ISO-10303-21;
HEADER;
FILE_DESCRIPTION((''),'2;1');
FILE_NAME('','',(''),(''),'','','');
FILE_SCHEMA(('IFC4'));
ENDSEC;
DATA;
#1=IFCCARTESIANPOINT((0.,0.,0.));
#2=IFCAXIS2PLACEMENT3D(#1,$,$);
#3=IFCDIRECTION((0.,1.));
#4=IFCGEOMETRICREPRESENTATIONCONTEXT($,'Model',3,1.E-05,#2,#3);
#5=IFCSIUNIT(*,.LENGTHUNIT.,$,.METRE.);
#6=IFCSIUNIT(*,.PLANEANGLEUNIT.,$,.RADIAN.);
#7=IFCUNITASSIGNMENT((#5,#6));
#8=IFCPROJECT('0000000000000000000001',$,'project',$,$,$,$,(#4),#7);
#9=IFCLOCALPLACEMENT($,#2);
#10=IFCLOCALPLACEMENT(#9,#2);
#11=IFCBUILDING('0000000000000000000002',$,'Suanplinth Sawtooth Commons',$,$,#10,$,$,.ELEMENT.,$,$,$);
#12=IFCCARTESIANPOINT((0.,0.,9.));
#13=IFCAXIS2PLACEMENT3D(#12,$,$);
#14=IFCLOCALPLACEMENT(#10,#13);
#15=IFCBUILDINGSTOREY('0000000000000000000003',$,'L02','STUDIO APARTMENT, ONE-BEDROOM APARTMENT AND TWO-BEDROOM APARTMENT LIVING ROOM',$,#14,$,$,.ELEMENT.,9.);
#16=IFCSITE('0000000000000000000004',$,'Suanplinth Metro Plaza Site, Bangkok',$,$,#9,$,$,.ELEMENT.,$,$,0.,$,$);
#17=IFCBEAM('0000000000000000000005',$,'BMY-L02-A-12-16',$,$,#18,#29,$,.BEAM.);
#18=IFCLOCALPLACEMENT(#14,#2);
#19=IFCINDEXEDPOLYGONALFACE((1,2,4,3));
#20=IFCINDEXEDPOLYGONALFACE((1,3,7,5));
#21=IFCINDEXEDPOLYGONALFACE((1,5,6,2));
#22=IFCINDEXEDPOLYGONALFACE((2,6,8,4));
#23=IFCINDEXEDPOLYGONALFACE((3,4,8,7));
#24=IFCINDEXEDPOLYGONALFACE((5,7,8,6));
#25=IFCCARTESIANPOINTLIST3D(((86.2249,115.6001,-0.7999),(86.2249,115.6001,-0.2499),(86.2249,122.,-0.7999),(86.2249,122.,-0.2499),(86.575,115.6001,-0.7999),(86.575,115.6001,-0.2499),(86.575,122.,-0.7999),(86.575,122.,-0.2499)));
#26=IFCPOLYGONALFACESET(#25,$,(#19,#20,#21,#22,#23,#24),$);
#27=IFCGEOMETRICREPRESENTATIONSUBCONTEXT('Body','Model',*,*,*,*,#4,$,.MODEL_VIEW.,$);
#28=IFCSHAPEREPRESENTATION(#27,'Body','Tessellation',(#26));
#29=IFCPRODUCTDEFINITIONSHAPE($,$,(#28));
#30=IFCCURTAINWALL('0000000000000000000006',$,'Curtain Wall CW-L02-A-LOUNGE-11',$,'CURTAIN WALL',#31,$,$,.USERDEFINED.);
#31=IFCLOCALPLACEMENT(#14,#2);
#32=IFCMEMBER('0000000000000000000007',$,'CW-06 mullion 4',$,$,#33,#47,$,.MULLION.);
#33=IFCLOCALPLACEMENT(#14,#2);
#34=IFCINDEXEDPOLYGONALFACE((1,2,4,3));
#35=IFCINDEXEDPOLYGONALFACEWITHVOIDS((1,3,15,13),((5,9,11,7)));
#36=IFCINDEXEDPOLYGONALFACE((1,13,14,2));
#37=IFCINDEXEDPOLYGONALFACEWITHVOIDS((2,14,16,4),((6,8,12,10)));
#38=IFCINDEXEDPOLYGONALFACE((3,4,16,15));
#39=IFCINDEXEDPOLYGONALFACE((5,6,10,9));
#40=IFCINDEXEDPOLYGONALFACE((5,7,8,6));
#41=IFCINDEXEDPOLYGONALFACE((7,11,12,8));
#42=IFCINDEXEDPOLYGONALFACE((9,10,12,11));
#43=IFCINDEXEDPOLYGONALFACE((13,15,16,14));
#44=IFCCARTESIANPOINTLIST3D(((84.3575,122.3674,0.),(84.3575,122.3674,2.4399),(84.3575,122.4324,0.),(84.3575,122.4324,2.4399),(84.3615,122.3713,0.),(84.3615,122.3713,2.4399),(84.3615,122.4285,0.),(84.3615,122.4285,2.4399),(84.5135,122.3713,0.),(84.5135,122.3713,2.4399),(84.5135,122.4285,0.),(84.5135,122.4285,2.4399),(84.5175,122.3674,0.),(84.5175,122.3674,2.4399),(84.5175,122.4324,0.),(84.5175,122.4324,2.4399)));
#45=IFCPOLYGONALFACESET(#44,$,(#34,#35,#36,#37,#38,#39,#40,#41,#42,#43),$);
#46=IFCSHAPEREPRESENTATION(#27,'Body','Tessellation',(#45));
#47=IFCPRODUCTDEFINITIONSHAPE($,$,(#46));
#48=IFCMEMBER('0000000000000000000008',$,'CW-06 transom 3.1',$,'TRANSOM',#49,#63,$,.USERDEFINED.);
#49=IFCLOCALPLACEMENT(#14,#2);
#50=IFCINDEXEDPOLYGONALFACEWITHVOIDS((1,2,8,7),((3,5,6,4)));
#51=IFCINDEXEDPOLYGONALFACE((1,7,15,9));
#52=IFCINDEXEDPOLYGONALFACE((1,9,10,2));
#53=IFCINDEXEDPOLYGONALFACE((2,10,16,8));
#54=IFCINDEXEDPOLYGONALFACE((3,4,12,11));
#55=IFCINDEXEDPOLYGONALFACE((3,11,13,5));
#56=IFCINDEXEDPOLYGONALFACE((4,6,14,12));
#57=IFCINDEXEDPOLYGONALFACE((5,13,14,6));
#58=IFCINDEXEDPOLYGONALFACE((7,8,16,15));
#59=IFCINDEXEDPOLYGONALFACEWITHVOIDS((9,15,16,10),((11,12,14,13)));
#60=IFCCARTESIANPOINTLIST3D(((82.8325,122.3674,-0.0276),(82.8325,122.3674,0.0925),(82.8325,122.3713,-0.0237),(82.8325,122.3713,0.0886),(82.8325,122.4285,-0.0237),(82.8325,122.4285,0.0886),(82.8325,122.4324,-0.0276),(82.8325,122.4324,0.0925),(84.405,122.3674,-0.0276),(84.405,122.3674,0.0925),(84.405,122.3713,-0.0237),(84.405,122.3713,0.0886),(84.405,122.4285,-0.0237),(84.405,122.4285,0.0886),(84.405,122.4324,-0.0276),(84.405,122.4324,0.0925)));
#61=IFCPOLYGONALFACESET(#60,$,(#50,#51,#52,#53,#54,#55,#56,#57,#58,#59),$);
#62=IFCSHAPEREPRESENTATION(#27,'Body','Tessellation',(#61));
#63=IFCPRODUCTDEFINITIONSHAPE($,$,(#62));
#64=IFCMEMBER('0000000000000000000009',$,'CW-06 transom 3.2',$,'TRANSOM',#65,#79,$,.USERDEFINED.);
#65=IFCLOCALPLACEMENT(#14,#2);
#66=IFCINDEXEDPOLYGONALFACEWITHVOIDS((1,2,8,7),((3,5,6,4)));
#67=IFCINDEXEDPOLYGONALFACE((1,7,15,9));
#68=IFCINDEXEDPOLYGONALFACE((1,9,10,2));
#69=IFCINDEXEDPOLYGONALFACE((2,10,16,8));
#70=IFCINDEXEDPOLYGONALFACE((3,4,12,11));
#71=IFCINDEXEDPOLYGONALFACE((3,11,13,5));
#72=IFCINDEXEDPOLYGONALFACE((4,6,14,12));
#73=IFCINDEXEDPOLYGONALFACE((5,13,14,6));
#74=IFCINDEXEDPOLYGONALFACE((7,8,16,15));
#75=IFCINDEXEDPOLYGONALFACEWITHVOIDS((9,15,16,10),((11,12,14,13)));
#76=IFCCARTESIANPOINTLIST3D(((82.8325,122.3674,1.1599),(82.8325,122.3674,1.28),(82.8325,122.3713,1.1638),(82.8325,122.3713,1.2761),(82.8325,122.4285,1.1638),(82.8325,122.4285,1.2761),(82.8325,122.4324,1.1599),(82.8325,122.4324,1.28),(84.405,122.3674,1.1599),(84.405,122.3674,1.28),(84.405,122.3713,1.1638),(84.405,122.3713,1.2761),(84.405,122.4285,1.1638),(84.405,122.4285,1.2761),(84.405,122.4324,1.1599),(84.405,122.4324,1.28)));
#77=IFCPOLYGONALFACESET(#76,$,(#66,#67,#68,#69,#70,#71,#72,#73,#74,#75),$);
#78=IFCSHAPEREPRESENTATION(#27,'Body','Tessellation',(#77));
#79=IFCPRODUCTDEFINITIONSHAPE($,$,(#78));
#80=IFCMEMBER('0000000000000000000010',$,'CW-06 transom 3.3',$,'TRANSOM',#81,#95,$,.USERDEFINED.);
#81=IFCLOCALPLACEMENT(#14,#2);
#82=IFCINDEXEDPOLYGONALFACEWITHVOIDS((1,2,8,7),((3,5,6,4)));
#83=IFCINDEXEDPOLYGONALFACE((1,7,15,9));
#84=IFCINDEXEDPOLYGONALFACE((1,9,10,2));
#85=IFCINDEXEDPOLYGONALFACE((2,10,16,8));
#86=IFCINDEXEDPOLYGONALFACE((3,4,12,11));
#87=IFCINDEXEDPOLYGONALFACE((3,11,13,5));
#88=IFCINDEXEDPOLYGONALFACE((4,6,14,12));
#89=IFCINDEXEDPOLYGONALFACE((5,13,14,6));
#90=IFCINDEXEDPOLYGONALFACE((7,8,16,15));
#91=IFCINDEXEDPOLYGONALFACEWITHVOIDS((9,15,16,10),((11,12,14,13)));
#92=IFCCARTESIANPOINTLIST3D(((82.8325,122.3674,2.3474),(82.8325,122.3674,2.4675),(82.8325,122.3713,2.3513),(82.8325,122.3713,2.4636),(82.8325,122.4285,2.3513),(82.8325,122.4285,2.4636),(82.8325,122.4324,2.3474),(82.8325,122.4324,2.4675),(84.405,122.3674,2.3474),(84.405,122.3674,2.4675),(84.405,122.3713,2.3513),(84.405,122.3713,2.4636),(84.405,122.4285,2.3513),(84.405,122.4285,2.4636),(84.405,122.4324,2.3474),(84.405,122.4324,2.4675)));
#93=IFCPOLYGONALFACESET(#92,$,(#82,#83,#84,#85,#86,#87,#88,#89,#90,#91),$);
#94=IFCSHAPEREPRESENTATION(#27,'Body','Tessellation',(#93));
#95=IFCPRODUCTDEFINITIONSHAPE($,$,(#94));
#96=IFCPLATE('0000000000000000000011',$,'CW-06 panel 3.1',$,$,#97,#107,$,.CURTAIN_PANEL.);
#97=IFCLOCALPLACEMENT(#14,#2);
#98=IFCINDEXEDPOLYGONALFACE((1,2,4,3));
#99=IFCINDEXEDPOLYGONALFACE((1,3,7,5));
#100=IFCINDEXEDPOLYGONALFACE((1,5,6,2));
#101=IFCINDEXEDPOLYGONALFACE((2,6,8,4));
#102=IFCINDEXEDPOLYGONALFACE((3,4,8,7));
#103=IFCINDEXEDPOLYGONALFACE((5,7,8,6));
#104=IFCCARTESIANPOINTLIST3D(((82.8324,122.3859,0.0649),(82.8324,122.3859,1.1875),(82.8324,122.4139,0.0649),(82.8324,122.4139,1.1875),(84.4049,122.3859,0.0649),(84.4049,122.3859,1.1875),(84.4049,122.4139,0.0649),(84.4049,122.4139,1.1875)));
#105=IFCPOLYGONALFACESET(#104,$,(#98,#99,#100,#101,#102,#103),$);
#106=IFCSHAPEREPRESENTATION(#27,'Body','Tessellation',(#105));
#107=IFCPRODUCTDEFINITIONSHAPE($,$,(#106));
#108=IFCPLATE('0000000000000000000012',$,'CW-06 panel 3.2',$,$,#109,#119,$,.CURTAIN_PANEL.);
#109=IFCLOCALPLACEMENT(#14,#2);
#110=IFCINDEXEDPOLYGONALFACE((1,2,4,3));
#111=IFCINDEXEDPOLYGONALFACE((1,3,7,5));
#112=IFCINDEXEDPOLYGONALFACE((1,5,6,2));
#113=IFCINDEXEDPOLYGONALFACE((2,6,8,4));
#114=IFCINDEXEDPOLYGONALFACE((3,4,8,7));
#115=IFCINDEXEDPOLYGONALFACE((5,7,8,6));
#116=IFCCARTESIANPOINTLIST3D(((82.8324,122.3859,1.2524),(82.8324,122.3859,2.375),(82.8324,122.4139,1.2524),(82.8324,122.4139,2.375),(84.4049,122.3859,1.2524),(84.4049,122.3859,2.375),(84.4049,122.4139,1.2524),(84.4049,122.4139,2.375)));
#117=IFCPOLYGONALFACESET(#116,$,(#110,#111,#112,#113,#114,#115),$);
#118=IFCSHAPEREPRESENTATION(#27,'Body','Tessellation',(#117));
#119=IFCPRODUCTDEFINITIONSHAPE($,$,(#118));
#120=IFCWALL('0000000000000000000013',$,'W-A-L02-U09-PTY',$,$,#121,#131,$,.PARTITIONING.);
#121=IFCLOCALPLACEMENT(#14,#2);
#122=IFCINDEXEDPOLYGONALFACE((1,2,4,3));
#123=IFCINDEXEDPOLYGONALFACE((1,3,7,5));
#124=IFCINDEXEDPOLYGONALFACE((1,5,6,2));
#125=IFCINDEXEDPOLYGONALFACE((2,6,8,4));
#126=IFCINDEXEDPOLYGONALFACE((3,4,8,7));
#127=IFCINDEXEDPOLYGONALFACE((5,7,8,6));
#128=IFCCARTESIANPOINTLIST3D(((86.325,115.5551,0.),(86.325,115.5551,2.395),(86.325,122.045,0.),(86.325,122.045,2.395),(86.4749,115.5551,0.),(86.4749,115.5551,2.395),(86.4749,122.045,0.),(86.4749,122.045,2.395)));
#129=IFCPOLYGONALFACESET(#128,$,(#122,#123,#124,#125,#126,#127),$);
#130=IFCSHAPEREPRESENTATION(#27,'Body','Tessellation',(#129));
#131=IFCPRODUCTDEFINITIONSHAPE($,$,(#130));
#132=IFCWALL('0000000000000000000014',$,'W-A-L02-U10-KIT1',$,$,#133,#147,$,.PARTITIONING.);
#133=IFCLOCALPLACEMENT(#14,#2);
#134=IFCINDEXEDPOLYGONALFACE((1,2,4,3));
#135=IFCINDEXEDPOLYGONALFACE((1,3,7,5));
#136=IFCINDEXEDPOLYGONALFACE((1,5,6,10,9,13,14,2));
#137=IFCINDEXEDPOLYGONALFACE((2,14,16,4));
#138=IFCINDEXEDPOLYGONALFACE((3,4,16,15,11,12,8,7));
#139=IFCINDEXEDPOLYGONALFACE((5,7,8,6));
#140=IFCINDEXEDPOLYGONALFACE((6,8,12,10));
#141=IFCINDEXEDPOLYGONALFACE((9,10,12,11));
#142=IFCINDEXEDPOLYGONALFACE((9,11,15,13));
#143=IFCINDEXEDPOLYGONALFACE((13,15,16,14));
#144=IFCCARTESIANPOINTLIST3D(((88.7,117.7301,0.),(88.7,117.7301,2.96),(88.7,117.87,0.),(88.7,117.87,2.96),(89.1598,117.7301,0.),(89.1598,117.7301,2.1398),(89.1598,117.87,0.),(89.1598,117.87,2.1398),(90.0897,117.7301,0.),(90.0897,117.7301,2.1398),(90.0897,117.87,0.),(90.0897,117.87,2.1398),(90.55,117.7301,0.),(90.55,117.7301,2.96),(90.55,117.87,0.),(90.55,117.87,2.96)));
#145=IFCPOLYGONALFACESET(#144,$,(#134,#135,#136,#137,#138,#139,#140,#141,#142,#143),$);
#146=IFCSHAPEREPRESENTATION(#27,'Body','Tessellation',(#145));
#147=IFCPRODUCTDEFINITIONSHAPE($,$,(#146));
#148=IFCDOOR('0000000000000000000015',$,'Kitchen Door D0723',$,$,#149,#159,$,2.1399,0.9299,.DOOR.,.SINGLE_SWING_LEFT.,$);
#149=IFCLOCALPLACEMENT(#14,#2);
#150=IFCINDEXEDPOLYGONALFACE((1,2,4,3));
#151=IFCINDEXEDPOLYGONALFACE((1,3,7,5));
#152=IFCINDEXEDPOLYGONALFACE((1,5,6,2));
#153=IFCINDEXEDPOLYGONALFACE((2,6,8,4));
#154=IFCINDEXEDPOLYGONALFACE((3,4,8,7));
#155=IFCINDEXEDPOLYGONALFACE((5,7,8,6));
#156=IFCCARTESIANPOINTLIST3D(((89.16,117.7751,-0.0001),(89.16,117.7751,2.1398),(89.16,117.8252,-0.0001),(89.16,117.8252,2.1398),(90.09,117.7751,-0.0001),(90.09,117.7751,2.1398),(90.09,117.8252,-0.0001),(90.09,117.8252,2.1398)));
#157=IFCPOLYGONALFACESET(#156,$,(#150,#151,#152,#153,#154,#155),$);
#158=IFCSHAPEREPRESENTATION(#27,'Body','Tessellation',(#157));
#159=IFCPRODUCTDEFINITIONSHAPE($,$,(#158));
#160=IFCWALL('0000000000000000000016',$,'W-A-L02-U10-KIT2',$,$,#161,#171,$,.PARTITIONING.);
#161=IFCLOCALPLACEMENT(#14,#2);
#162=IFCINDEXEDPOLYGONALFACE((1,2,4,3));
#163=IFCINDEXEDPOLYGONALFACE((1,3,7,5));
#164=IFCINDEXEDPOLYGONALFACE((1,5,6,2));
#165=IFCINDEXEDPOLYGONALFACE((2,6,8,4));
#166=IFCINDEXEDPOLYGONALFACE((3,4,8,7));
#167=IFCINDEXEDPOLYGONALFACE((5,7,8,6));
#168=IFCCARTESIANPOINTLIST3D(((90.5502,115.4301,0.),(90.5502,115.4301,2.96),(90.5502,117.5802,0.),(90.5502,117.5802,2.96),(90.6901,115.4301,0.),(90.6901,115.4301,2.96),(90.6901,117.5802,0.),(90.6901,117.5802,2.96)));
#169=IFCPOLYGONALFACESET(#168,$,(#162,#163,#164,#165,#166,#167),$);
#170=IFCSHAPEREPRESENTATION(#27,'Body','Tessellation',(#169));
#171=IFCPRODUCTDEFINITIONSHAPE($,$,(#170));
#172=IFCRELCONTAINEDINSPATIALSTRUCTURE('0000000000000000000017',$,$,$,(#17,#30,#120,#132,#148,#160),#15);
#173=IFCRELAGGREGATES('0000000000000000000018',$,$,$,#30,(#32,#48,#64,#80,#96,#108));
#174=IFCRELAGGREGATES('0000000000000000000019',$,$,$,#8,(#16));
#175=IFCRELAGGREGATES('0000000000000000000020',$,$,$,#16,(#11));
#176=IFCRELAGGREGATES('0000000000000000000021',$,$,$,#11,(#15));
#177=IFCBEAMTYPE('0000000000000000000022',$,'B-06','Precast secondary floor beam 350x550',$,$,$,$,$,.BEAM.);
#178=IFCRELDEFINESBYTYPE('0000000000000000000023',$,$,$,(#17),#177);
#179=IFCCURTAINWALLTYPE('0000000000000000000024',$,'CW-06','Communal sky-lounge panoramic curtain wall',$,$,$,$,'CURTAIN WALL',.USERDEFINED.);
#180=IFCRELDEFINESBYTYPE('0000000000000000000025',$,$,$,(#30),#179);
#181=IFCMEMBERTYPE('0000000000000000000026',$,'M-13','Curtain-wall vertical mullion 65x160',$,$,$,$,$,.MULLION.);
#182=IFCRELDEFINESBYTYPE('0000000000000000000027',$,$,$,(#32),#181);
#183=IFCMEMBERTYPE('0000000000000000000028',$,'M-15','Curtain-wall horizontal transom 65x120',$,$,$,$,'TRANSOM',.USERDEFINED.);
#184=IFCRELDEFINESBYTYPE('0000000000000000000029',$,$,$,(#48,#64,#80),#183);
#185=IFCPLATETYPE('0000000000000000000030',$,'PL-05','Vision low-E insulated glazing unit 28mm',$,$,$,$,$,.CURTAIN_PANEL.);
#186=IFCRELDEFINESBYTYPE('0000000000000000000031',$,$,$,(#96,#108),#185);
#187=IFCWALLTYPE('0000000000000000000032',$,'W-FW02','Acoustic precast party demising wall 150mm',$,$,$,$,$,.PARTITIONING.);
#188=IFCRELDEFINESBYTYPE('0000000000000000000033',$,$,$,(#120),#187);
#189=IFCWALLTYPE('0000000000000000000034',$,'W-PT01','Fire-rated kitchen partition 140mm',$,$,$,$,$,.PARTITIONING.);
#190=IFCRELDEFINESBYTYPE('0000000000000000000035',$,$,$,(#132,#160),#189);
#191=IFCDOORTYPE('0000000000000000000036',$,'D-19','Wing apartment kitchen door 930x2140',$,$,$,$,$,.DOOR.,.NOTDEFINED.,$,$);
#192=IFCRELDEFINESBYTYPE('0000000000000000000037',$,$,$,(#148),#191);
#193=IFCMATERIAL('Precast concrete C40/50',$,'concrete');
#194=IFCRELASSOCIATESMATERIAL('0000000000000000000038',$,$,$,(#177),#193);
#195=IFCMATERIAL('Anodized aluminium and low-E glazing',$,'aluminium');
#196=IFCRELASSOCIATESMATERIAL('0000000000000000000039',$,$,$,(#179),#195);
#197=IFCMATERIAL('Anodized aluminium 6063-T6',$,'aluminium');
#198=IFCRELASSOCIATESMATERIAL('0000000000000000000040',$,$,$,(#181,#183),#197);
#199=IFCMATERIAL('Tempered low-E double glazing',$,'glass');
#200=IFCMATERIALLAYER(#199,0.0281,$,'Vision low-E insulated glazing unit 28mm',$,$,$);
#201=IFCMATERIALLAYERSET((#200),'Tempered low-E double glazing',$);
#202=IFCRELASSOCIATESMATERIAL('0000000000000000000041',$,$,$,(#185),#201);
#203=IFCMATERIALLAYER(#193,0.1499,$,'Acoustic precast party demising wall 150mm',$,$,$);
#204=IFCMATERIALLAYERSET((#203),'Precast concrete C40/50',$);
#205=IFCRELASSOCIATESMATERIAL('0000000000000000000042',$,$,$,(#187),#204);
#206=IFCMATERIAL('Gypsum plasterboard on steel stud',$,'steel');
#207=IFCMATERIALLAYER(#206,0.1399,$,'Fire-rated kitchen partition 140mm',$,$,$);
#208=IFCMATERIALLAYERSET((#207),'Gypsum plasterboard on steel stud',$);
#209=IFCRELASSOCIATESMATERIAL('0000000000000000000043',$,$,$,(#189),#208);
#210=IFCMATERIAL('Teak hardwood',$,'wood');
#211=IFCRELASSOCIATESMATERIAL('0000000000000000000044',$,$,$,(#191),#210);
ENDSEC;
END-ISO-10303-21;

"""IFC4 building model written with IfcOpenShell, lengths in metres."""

from ifc_helpers import new_model, si_unit, direction, frame, frame_2d, origin, origin_2d, place, context, subcontext, project, spatial, rectangle, hollow_rectangle, extrude, material, layer, layer_set, material_profile, profile_set, type_object, element, fill, aggregate, save


model = new_model("IFC4")

# Units and contexts
model_context = context("Model", 3, precision=1e-05, world=origin(), true_north=direction((0.0, 1.0)))
body_context = subcontext(model_context, "Body", "Model", "MODEL_VIEW")
ifc_project = project(units=[si_unit("LENGTHUNIT", "METRE"), si_unit("PLANEANGLEUNIT", "RADIAN")], contexts=[model_context])

# Site, building, storey
site_placement = place(None, origin())
site = spatial("IfcSite", under=ifc_project, at=site_placement, Name="Suanplinth Metro Plaza Site, Bangkok", CompositionType="ELEMENT", RefElevation=0.0)
building_placement = place(site_placement, origin())
building = spatial("IfcBuilding", under=site, at=building_placement, Name="Suanplinth Sawtooth Commons", CompositionType="ELEMENT")
storey_placement = place(building_placement, frame((0.0, 0.0, 9.0)))
storey = spatial("IfcBuildingStorey", under=building, at=storey_placement, Name="L02", Description="STUDIO APARTMENT, ONE-BEDROOM APARTMENT AND TWO-BEDROOM APARTMENT LIVING ROOM", CompositionType="ELEMENT", Elevation=9.0)

# Beam
ifc_material_1 = material(Name="Precast concrete C40/50", Category="concrete")
ifc_material_profile_1 = material_profile(ifc_material_1, rectangle(XDim=0.3501, YDim=0.55, at=origin_2d()), Name="PC-BM 350x550")
ifc_profile_set_1 = profile_set([ifc_material_profile_1], Name="Precast concrete C40/50")
beam_type = type_object("IfcBeamType", Name="B-06", Description="Precast secondary floor beam 350x550", PredefinedType="BEAM", material=ifc_profile_set_1)
beam_placement = place(storey_placement, frame((86.3999, 115.6001, -0.5249), z_axis=(0.0, 1.0, 0.0), x_axis=(-1.0, 0.0, 0.0)))
element("IfcBeam", 1, at=beam_placement, inside=storey, type_object=beam_type, Name="BMY-L02-A-12-16", PredefinedType="BEAM", context=body_context, shape_type="SweptSolid", body=[
    extrude(rectangle(XDim=0.3501, YDim=0.55, at=origin_2d()), origin(), (0.0, 0.0, 1.0), 6.3999),
])

# Curtain wall, members, plates
ifc_material_2 = material(Name="Anodized aluminium and low-E glazing", Category="aluminium")
curtain_wall_type = type_object("IfcCurtainWallType", Name="CW-06", Description="Communal sky-lounge panoramic curtain wall", ElementType="CURTAIN WALL", PredefinedType="USERDEFINED", material=ifc_material_2)
curtain_wall_placement = place(storey_placement, origin())
curtain_wall = element("IfcCurtainWall", 2, at=curtain_wall_placement, inside=storey, type_object=curtain_wall_type, Name="Curtain Wall CW-L02-A-LOUNGE-11", ObjectType="CURTAIN WALL", PredefinedType="USERDEFINED")
ifc_material_3 = material(Name="Anodized aluminium 6063-T6", Category="aluminium")
ifc_material_profile_2 = material_profile(ifc_material_3, hollow_rectangle(XDim=0.0649, YDim=0.1599, WallThickness=0.0039, at=origin_2d()), Name="ALU-MUL 65x160")
ifc_profile_set_2 = profile_set([ifc_material_profile_2], Name="Anodized aluminium 6063-T6")
member_type_1 = type_object("IfcMemberType", Name="M-13", Description="Curtain-wall vertical mullion 65x160", PredefinedType="MULLION", material=ifc_profile_set_2)
member_1_placement = place(storey_placement, frame((84.4375, 122.3999, 0.0), z_axis=(0.0, 0.0, 1.0), x_axis=(0.0, 1.0, 0.0)))
member_1 = element("IfcMember", 3, at=member_1_placement, type_object=member_type_1, Name="CW-06 mullion 4", PredefinedType="MULLION", context=body_context, shape_type="SweptSolid", body=[
    extrude(hollow_rectangle(XDim=0.0649, YDim=0.1599, WallThickness=0.0039, at=origin_2d()), origin(), (0.0, 0.0, 1.0), 2.4399),
])
ifc_material_profile_3 = material_profile(ifc_material_3, hollow_rectangle(XDim=0.0649, YDim=0.1201, WallThickness=0.0039, at=origin_2d()), Name="ALU-TRN 65x120")
ifc_profile_set_3 = profile_set([ifc_material_profile_3], Name="Anodized aluminium 6063-T6")
member_type_2 = type_object("IfcMemberType", Name="M-15", Description="Curtain-wall horizontal transom 65x120", ElementType="TRANSOM", PredefinedType="USERDEFINED", material=ifc_profile_set_3)
member_2_placement = place(storey_placement, frame((82.8325, 122.3999, 0.0325), z_axis=(1.0, 0.0, 0.0), x_axis=(0.0, 1.0, 0.0)))
member_2 = element("IfcMember", 4, at=member_2_placement, type_object=member_type_2, Name="CW-06 transom 3.1", ObjectType="TRANSOM", PredefinedType="USERDEFINED", context=body_context, shape_type="SweptSolid", body=[
    extrude(hollow_rectangle(XDim=0.0649, YDim=0.1201, WallThickness=0.0039, at=origin_2d()), origin(), (0.0, 0.0, 1.0), 1.5725),
])
member_3_placement = place(storey_placement, frame((82.8325, 122.3999, 1.22), z_axis=(1.0, 0.0, 0.0), x_axis=(0.0, 1.0, 0.0)))
member_3 = element("IfcMember", 5, at=member_3_placement, type_object=member_type_2, Name="CW-06 transom 3.2", ObjectType="TRANSOM", PredefinedType="USERDEFINED", context=body_context, shape_type="SweptSolid", body=[
    extrude(hollow_rectangle(XDim=0.0649, YDim=0.1201, WallThickness=0.0039, at=origin_2d()), origin(), (0.0, 0.0, 1.0), 1.5725),
])
member_4_placement = place(storey_placement, frame((82.8325, 122.3999, 2.4075), z_axis=(1.0, 0.0, 0.0), x_axis=(0.0, 1.0, 0.0)))
member_4 = element("IfcMember", 6, at=member_4_placement, type_object=member_type_2, Name="CW-06 transom 3.3", ObjectType="TRANSOM", PredefinedType="USERDEFINED", context=body_context, shape_type="SweptSolid", body=[
    extrude(hollow_rectangle(XDim=0.0649, YDim=0.1201, WallThickness=0.0039, at=origin_2d()), origin(), (0.0, 0.0, 1.0), 1.5725),
])
ifc_material_4 = material(Name="Tempered low-E double glazing", Category="glass")
ifc_layer_1 = layer(ifc_material_4, 0.0281, Name="Vision low-E insulated glazing unit 28mm")
ifc_layer_set_1 = layer_set([ifc_layer_1], Name="Tempered low-E double glazing")
plate_type = type_object("IfcPlateType", Name="PL-05", Description="Vision low-E insulated glazing unit 28mm", PredefinedType="CURTAIN_PANEL", material=ifc_layer_set_1)
plate_1_placement = place(storey_placement, frame((83.6187, 122.3999, 0.0649), z_axis=(0.0, 0.0, 1.0), x_axis=(1.0, 0.0, 0.0)))
plate_1 = element("IfcPlate", 7, at=plate_1_placement, type_object=plate_type, Name="CW-06 panel 3.1", PredefinedType="CURTAIN_PANEL", context=body_context, shape_type="SweptSolid", body=[
    extrude(rectangle(XDim=1.5725, YDim=0.0281, at=origin_2d()), origin(), (0.0, 0.0, 1.0), 1.1226),
])
plate_2_placement = place(storey_placement, frame((83.6187, 122.3999, 1.2524), z_axis=(0.0, 0.0, 1.0), x_axis=(1.0, 0.0, 0.0)))
plate_2 = element("IfcPlate", 8, at=plate_2_placement, type_object=plate_type, Name="CW-06 panel 3.2", PredefinedType="CURTAIN_PANEL", context=body_context, shape_type="SweptSolid", body=[
    extrude(rectangle(XDim=1.5725, YDim=0.0281, at=origin_2d()), origin(), (0.0, 0.0, 1.0), 1.1226),
])
aggregate(curtain_wall, [member_1, member_2, member_3, member_4, plate_1, plate_2])

# Wall
ifc_layer_2 = layer(ifc_material_1, 0.1499, Name="Acoustic precast party demising wall 150mm")
ifc_layer_set_2 = layer_set([ifc_layer_2], Name="Precast concrete C40/50")
wall_type_1 = type_object("IfcWallType", Name="W-FW02", Description="Acoustic precast party demising wall 150mm", PredefinedType="PARTITIONING", material=ifc_layer_set_2)
wall_1_placement = place(storey_placement, frame((86.3999, 115.5549, 0.0), z_axis=(0.0, 0.0, 1.0), x_axis=(0.0, 1.0, 0.0)))
element("IfcWall", 9, at=wall_1_placement, inside=storey, type_object=wall_type_1, Name="W-A-L02-U09-PTY", PredefinedType="PARTITIONING", context=body_context, shape_type="SweptSolid", body=[
    extrude(rectangle(XDim=6.49, YDim=0.1499, at=frame_2d((3.2451, 0.0))), origin(), (0.0, 0.0, 1.0), 2.395),
])

# Wall, opening, door
ifc_material_5 = material(Name="Gypsum plasterboard on steel stud", Category="steel")
ifc_layer_3 = layer(ifc_material_5, 0.1399, Name="Fire-rated kitchen partition 140mm")
ifc_layer_set_3 = layer_set([ifc_layer_3], Name="Gypsum plasterboard on steel stud")
wall_type_2 = type_object("IfcWallType", Name="W-PT01", Description="Fire-rated kitchen partition 140mm", PredefinedType="PARTITIONING", material=ifc_layer_set_3)
wall_2_placement = place(storey_placement, frame((88.7, 117.8, 0.0), z_axis=(0.0, 0.0, 1.0), x_axis=(1.0, 0.0, 0.0)))
wall_2 = element("IfcWall", 10, at=wall_2_placement, inside=storey, type_object=wall_type_2, Name="W-A-L02-U10-KIT1", PredefinedType="PARTITIONING", context=body_context, shape_type="SweptSolid", body=[
    extrude(rectangle(XDim=1.8501, YDim=0.1399, at=frame_2d((0.925, 0.0))), origin(), (0.0, 0.0, 1.0), 2.96),
])
opening_1_placement = place(wall_2_placement, frame((0.46, 0.0, 0.0)))
opening_1 = element("IfcOpeningElement", 11, at=opening_1_placement, cuts=wall_2, PredefinedType="OPENING", context=body_context, shape_type="SweptSolid", body=[
    extrude(rectangle(XDim=0.9299, YDim=2.1399, at=frame_2d((0.4648, 1.0698))), frame((0.0, 0.085, 0.0), z_axis=(0.0, -1.0, 0.0), x_axis=(1.0, 0.0, 0.0)), (0.0, 0.0, 1.0), 0.1697),
])
ifc_material_6 = material(Name="Teak hardwood", Category="wood")
door_type_1 = type_object("IfcDoorType", Name="D-19", Description="Wing apartment kitchen door 930x2140", OperationType="NOTDEFINED", PredefinedType="DOOR", material=ifc_material_6)
door_1_placement = place(opening_1_placement, frame((0.9299, 0.0, 0.0), z_axis=(0.0, 0.0, 1.0), x_axis=(-1.0, 0.0, 0.0)))
door_1 = element("IfcDoor", 12, at=door_1_placement, inside=storey, type_object=door_type_1, Name="Kitchen Door D0723", OperationType="SINGLE_SWING_LEFT", OverallHeight=2.1399, OverallWidth=0.9299, PredefinedType="DOOR", context=body_context, shape_type="SweptSolid", body=[
    extrude(rectangle(XDim=0.9299, YDim=2.1399, at=frame_2d((0.4648, 1.0698))), frame((0.0, 0.0249, 0.0), z_axis=(0.0, -1.0, 0.0), x_axis=(1.0, 0.0, 0.0)), (0.0, 0.0, 1.0), 0.05),
])
fill(opening_1, door_1)

# Wall
wall_3_placement = place(storey_placement, frame((90.6201, 115.4299, 0.0), z_axis=(0.0, 0.0, 1.0), x_axis=(0.0, 1.0, 0.0)))
element("IfcWall", 13, at=wall_3_placement, inside=storey, type_object=wall_type_2, Name="W-A-L02-U10-KIT2", PredefinedType="PARTITIONING", context=body_context, shape_type="SweptSolid", body=[
    extrude(rectangle(XDim=2.1501, YDim=0.1399, at=frame_2d((1.0752, 0.0))), origin(), (0.0, 0.0, 1.0), 2.96),
])

save(model, "model.ifc")
